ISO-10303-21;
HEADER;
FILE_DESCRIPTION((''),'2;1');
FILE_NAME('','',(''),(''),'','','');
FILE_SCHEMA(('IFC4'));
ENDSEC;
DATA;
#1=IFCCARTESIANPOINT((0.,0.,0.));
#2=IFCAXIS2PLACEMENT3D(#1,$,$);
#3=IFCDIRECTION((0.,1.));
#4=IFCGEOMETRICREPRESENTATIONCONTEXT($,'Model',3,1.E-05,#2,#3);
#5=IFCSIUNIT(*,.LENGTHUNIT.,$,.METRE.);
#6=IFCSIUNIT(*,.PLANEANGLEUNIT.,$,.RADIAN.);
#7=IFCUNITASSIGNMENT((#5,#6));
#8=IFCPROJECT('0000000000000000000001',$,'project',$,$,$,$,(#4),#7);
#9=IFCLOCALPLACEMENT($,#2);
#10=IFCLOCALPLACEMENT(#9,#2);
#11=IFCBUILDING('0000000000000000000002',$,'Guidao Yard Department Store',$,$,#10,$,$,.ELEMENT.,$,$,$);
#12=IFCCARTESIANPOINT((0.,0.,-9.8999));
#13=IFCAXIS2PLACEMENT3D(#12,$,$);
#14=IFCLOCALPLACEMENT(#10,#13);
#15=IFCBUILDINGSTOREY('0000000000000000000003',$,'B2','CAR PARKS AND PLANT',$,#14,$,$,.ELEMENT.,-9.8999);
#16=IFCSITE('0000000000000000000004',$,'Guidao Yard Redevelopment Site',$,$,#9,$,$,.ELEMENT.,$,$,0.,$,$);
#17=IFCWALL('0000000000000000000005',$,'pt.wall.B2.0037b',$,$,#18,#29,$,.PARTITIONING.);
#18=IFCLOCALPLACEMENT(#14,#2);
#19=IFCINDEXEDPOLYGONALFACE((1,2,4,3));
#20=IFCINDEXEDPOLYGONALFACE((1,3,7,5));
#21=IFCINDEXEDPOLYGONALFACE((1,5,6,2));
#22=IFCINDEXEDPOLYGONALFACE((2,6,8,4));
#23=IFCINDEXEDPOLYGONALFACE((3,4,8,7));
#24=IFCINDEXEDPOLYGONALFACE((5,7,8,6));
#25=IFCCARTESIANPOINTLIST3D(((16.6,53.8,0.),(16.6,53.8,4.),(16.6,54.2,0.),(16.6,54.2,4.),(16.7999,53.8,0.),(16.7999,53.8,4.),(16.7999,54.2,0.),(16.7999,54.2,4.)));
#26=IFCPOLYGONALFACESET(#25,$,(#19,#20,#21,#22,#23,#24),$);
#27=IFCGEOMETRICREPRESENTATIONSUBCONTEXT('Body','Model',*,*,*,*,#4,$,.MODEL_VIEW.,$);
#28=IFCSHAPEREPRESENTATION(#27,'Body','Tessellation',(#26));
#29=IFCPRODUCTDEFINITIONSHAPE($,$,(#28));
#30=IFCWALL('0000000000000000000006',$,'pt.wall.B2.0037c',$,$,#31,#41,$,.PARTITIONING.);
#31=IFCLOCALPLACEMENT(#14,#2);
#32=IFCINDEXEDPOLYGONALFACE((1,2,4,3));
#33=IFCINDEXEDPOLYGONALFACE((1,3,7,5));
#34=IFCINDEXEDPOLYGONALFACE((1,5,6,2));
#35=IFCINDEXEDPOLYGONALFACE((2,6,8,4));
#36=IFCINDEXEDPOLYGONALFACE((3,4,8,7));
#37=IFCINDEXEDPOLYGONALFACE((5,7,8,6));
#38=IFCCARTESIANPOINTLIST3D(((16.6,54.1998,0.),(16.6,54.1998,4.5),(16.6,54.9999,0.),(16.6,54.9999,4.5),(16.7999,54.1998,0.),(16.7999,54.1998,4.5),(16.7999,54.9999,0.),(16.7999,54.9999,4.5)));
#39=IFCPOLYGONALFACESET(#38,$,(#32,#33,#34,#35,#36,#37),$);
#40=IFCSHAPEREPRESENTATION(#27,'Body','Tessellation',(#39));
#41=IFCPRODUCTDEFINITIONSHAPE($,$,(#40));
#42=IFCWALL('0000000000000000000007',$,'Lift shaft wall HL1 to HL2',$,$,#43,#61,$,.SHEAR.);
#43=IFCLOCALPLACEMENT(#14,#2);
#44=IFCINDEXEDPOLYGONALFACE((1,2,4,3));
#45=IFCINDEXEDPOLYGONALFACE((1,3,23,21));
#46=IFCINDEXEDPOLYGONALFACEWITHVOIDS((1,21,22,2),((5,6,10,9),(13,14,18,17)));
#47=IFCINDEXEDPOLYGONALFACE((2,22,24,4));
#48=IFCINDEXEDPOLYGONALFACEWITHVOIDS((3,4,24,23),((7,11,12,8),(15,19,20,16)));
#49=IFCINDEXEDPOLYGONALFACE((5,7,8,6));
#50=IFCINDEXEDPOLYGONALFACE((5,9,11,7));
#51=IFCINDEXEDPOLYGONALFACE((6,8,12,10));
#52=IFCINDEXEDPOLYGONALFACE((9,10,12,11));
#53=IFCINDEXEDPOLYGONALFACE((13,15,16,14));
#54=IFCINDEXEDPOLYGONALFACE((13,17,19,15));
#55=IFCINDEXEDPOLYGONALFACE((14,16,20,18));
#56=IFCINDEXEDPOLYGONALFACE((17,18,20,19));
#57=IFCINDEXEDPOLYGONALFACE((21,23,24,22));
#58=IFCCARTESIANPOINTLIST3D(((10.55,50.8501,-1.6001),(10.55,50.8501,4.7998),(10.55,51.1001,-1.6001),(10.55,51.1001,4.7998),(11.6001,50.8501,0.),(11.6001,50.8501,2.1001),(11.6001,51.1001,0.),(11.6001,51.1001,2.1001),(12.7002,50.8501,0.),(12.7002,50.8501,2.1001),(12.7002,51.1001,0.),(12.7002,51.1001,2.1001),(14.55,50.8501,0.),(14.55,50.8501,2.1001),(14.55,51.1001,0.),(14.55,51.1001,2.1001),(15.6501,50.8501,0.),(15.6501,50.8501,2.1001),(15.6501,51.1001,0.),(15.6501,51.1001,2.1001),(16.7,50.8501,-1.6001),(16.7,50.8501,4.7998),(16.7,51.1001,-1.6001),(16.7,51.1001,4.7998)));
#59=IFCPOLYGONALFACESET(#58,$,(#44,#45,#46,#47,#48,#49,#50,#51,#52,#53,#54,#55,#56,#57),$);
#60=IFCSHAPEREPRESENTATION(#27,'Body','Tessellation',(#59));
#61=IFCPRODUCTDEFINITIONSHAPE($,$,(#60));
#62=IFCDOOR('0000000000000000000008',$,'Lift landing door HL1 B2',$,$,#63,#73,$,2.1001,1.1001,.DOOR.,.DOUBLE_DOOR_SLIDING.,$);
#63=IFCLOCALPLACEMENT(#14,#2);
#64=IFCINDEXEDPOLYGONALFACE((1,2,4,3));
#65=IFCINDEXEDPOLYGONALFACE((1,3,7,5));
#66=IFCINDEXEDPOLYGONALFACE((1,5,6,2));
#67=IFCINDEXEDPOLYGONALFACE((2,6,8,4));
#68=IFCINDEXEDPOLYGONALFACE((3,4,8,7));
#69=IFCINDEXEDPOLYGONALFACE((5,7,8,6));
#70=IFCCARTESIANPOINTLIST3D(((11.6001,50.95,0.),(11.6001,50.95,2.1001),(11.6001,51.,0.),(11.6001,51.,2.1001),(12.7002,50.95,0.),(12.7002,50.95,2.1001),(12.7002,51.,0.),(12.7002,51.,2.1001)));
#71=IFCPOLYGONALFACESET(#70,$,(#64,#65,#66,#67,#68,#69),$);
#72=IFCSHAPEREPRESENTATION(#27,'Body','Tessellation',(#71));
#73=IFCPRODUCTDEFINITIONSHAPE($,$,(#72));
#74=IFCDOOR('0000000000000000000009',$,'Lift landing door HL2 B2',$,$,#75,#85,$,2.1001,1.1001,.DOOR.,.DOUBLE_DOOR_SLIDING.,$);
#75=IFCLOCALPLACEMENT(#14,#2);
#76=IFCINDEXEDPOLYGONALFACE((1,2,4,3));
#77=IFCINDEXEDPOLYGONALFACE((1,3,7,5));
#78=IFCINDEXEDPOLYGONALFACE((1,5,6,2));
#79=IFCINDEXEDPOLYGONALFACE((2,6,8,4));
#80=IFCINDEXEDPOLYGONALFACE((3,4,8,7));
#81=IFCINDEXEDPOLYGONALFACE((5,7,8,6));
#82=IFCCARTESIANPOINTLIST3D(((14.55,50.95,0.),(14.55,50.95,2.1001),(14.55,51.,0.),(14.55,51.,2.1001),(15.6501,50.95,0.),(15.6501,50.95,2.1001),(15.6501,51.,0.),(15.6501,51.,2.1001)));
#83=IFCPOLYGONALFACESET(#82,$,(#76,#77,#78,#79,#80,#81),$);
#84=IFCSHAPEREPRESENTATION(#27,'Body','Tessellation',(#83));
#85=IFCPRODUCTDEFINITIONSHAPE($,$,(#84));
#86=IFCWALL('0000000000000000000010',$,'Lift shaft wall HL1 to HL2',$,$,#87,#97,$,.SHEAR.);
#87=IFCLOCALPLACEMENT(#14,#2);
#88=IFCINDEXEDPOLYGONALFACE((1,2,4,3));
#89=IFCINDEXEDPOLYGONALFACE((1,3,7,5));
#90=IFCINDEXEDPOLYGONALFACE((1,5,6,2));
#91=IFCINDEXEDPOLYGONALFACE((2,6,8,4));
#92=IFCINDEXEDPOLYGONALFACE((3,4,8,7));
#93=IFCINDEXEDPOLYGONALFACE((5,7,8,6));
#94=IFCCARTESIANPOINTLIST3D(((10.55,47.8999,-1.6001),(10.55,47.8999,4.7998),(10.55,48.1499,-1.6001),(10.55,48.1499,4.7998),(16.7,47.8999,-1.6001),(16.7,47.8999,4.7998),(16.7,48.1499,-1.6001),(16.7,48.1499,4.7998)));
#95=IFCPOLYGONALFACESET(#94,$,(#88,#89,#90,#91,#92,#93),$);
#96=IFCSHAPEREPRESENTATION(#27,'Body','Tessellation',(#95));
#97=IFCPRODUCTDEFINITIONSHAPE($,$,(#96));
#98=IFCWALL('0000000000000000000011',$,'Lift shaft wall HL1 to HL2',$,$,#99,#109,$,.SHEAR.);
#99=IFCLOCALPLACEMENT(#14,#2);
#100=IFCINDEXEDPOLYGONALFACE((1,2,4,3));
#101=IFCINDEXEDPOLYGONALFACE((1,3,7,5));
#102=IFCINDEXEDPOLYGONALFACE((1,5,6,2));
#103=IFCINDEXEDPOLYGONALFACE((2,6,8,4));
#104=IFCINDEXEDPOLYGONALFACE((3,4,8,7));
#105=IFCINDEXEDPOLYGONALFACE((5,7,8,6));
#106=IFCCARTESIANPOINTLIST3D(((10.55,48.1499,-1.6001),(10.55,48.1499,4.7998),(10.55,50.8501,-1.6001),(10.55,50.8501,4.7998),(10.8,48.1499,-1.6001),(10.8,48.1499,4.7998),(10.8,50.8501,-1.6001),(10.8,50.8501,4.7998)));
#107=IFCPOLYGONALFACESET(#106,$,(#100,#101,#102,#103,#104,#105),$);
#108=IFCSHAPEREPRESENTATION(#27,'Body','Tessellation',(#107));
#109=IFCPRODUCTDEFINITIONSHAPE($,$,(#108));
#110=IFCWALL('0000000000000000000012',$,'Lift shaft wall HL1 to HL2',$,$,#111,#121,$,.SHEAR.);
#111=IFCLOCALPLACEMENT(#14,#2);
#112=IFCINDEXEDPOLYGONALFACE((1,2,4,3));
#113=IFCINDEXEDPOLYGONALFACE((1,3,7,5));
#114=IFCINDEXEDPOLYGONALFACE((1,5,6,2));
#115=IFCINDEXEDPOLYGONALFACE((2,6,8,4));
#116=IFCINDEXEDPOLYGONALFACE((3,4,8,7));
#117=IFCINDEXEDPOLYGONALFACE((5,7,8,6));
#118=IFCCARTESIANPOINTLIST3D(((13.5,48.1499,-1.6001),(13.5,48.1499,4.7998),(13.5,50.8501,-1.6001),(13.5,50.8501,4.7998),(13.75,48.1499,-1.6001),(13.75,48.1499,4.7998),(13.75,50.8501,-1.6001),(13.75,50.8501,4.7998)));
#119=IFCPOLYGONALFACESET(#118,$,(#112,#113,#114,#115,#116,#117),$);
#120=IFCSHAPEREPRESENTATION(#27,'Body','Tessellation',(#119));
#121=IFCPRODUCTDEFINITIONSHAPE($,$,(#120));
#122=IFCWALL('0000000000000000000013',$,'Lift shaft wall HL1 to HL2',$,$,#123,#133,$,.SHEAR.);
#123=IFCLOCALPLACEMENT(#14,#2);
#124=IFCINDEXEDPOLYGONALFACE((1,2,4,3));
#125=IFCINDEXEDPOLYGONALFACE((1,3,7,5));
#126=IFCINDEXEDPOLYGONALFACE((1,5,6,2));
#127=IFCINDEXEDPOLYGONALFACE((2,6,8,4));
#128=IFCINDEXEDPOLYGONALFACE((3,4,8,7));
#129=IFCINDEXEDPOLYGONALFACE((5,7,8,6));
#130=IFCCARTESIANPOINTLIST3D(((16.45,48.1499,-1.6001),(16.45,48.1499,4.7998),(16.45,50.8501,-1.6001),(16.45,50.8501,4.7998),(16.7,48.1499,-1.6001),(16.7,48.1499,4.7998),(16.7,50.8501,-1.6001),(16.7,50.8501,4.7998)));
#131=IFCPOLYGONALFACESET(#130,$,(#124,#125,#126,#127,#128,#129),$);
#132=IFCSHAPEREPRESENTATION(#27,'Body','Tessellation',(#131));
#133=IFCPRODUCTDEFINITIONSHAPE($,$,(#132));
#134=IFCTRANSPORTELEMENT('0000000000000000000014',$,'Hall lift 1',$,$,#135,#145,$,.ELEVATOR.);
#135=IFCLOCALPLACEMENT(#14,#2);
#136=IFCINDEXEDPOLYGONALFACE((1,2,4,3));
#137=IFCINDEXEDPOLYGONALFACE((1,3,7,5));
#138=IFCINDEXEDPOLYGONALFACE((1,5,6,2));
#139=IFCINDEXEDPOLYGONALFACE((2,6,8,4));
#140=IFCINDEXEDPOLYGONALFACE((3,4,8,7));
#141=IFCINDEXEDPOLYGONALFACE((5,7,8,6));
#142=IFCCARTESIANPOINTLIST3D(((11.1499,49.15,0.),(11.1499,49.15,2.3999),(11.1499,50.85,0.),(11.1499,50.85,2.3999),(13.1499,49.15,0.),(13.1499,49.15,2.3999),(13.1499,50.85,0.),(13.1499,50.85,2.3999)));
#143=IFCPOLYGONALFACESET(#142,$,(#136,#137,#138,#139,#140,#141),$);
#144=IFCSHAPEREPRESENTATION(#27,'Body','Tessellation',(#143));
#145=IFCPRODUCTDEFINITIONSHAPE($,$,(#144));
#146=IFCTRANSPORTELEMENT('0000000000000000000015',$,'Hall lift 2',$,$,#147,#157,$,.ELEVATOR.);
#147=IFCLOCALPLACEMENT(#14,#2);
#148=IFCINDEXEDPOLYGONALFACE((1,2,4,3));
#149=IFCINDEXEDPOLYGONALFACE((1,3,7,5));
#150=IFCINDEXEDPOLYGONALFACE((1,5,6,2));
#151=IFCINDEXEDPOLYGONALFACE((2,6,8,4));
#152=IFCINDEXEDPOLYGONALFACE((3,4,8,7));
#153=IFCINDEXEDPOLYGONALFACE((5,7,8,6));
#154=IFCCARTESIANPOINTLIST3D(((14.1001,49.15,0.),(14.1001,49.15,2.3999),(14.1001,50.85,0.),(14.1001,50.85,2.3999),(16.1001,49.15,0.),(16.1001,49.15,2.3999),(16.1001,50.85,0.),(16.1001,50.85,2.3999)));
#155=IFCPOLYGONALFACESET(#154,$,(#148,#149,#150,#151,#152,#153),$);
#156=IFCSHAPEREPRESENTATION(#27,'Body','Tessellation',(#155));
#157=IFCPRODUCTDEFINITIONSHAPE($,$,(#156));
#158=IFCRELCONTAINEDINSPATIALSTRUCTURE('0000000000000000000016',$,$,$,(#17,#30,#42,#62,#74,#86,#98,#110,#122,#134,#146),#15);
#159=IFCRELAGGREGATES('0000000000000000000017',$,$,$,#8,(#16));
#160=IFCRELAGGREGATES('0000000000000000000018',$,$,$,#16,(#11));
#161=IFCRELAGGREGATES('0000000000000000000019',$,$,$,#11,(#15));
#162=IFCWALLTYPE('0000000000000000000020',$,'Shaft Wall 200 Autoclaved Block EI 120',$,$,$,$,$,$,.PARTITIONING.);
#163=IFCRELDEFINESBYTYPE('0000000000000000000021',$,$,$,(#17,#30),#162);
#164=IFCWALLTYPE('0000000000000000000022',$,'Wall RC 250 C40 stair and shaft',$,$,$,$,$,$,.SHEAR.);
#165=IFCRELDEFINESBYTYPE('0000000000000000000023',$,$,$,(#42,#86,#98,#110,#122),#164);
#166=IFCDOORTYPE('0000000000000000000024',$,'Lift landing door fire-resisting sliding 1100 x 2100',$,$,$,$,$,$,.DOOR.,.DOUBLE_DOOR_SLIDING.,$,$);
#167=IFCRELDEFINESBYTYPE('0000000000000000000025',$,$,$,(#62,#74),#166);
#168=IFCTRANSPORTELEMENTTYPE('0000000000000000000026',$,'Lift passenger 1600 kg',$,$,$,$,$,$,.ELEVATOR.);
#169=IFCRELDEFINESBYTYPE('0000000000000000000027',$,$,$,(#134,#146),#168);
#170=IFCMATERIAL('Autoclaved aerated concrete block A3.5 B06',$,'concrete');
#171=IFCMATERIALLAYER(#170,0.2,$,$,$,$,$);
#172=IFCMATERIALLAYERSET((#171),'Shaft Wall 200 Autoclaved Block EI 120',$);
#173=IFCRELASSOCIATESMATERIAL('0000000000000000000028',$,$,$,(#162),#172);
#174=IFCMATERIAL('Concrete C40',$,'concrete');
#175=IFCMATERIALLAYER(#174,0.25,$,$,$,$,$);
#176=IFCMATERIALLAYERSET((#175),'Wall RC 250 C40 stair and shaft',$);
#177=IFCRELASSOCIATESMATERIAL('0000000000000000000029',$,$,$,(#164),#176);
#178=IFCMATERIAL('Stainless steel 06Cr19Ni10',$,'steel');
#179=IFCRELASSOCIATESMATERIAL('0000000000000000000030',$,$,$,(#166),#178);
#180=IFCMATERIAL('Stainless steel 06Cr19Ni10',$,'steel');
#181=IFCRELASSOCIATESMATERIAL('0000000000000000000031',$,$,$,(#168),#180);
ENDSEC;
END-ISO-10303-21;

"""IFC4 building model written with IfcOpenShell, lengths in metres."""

from ifc_helpers import new_model, si_unit, direction, frame, frame_2d, origin, origin_2d, place, context, subcontext, project, spatial, rectangle, extrude, material, layer, layer_set, type_object, element, fill, save


model = new_model("IFC4")

# Units and contexts
model_context = context("Model", 3, precision=1e-05, world=origin(), true_north=direction((0.0, 1.0)))
body_context = subcontext(model_context, "Body", "Model", "MODEL_VIEW")
ifc_project = project(units=[si_unit("LENGTHUNIT", "METRE"), si_unit("PLANEANGLEUNIT", "RADIAN")], contexts=[model_context])

# Site, building, storey
site_placement = place(None, origin())
site = spatial("IfcSite", under=ifc_project, at=site_placement, Name="Guidao Yard Redevelopment Site", CompositionType="ELEMENT", RefElevation=0.0)
building_placement = place(site_placement, origin())
building = spatial("IfcBuilding", under=site, at=building_placement, Name="Guidao Yard Department Store", CompositionType="ELEMENT")
storey_placement = place(building_placement, frame((0.0, 0.0, -9.8999)))
storey = spatial("IfcBuildingStorey", under=building, at=storey_placement, Name="B2", Description="CAR PARKS AND PLANT", CompositionType="ELEMENT", Elevation=-9.8999)

# Walls
ifc_material_1 = material(Name="Autoclaved aerated concrete block A3.5 B06", Category="concrete")
ifc_layer_1 = layer(ifc_material_1, 0.2)
ifc_layer_set_1 = layer_set([ifc_layer_1], Name="Shaft Wall 200 Autoclaved Block EI 120")
wall_type_1 = type_object("IfcWallType", Name="Shaft Wall 200 Autoclaved Block EI 120", PredefinedType="PARTITIONING", material=ifc_layer_set_1)
wall_1_placement = place(storey_placement, frame((16.7, 53.8, 0.0), z_axis=(0.0, 0.0, 1.0), x_axis=(0.0, 1.0, 0.0)))
element("IfcWall", 1, at=wall_1_placement, inside=storey, type_object=wall_type_1, Name="pt.wall.B2.0037b", PredefinedType="PARTITIONING", context=body_context, shape_type="SweptSolid", body=[
    extrude(rectangle(XDim=0.3999, YDim=0.2, at=frame_2d((0.2, 0.0))), origin(), (0.0, 0.0, 1.0), 4.0),
])
wall_2_placement = place(storey_placement, frame((16.7, 54.2, 0.0), z_axis=(0.0, 0.0, 1.0), x_axis=(0.0, 1.0, 0.0)))
element("IfcWall", 2, at=wall_2_placement, inside=storey, type_object=wall_type_1, Name="pt.wall.B2.0037c", PredefinedType="PARTITIONING", context=body_context, shape_type="SweptSolid", body=[
    extrude(rectangle(XDim=0.8, YDim=0.2, at=frame_2d((0.3999, 0.0))), origin(), (0.0, 0.0, 1.0), 4.5),
])

# Wall, openings, doors
ifc_material_2 = material(Name="Concrete C40", Category="concrete")
ifc_layer_2 = layer(ifc_material_2, 0.25)
ifc_layer_set_2 = layer_set([ifc_layer_2], Name="Wall RC 250 C40 stair and shaft")
wall_type_2 = type_object("IfcWallType", Name="Wall RC 250 C40 stair and shaft", PredefinedType="SHEAR", material=ifc_layer_set_2)
wall_3_placement = place(storey_placement, frame((10.55, 50.9751, -1.6001), z_axis=(0.0, 0.0, 1.0), x_axis=(1.0, 0.0, 0.0)))
wall_3 = element("IfcWall", 3, at=wall_3_placement, inside=storey, type_object=wall_type_2, Name="Lift shaft wall HL1 to HL2", PredefinedType="SHEAR", context=body_context, shape_type="SweptSolid", body=[
    extrude(rectangle(XDim=6.1499, YDim=0.25, at=frame_2d((3.075, 0.0))), origin(), (0.0, 0.0, 1.0), 6.3999),
])
opening_1_placement = place(wall_3_placement, frame((1.05, 0.0, 1.6001)))
opening_1 = element("IfcOpeningElement", 4, at=opening_1_placement, cuts=wall_3, PredefinedType="OPENING", context=body_context, shape_type="SweptSolid", body=[
    extrude(rectangle(XDim=1.1001, YDim=2.1001, at=frame_2d((0.55, 1.05))), frame((0.0, 0.135, 0.0), z_axis=(0.0, -1.0, 0.0), x_axis=(1.0, 0.0, 0.0)), (0.0, 0.0, 1.0), 0.27),
])
opening_2_placement = place(wall_3_placement, frame((4.0, 0.0, 1.6001)))
opening_2 = element("IfcOpeningElement", 5, at=opening_2_placement, cuts=wall_3, PredefinedType="OPENING", context=body_context, shape_type="SweptSolid", body=[
    extrude(rectangle(XDim=1.1001, YDim=2.1001, at=frame_2d((0.55, 1.05))), frame((0.0, 0.135, 0.0), z_axis=(0.0, -1.0, 0.0), x_axis=(1.0, 0.0, 0.0)), (0.0, 0.0, 1.0), 0.27),
])
ifc_material_3 = material(Name="Stainless steel 06Cr19Ni10", Category="steel")
door_type = type_object("IfcDoorType", Name="Lift landing door fire-resisting sliding 1100 x 2100", OperationType="DOUBLE_DOOR_SLIDING", PredefinedType="DOOR", material=ifc_material_3)
door_1_placement = place(opening_1_placement, origin())
door_1 = element("IfcDoor", 6, at=door_1_placement, inside=storey, type_object=door_type, Name="Lift landing door HL1 B2", OperationType="DOUBLE_DOOR_SLIDING", OverallHeight=2.1001, OverallWidth=1.1001, PredefinedType="DOOR", context=body_context, shape_type="SweptSolid", body=[
    extrude(rectangle(XDim=1.1001, YDim=2.1001, at=frame_2d((0.55, 1.05))), frame((0.0, 0.0249, 0.0), z_axis=(0.0, -1.0, 0.0), x_axis=(1.0, 0.0, 0.0)), (0.0, 0.0, 1.0), 0.05),
])
fill(opening_1, door_1)
door_2_placement = place(opening_2_placement, origin())
door_2 = element("IfcDoor", 7, at=door_2_placement, inside=storey, type_object=door_type, Name="Lift landing door HL2 B2", OperationType="DOUBLE_DOOR_SLIDING", OverallHeight=2.1001, OverallWidth=1.1001, PredefinedType="DOOR", context=body_context, shape_type="SweptSolid", body=[
    extrude(rectangle(XDim=1.1001, YDim=2.1001, at=frame_2d((0.55, 1.05))), frame((0.0, 0.0249, 0.0), z_axis=(0.0, -1.0, 0.0), x_axis=(1.0, 0.0, 0.0)), (0.0, 0.0, 1.0), 0.05),
])
fill(opening_2, door_2)

# Walls
wall_4_placement = place(storey_placement, frame((10.55, 48.0249, -1.6001), z_axis=(0.0, 0.0, 1.0), x_axis=(1.0, 0.0, 0.0)))
element("IfcWall", 8, at=wall_4_placement, inside=storey, type_object=wall_type_2, Name="Lift shaft wall HL1 to HL2", PredefinedType="SHEAR", context=body_context, shape_type="SweptSolid", body=[
    extrude(rectangle(XDim=6.1499, YDim=0.25, at=frame_2d((3.075, 0.0))), origin(), (0.0, 0.0, 1.0), 6.3999),
])
for number, where, z_axis, x_axis, name in (
    (9, (10.675, 48.1499, -1.6001), (0.0, 0.0, 1.0), (0.0, 1.0, 0.0), "Lift shaft wall HL1 to HL2"),
    (10, (13.625, 48.1499, -1.6001), (0.0, 0.0, 1.0), (0.0, 1.0, 0.0), "Lift shaft wall HL1 to HL2"),
    (11, (16.575, 48.1499, -1.6001), (0.0, 0.0, 1.0), (0.0, 1.0, 0.0), "Lift shaft wall HL1 to HL2"),
):
    element("IfcWall", number, at=place(storey_placement, frame(where, z_axis=z_axis, x_axis=x_axis)), inside=storey, type_object=wall_type_2, Name=name, PredefinedType="SHEAR", context=body_context, shape_type="SweptSolid", body=[
        extrude(rectangle(XDim=2.7002, YDim=0.25, at=frame_2d((1.3501, 0.0))), origin(), (0.0, 0.0, 1.0), 6.3999),
    ])

# Transport elements
ifc_material_4 = material(Name="Stainless steel 06Cr19Ni10", Category="steel")
transport_element_type = type_object("IfcTransportElementType", Name="Lift passenger 1600 kg", PredefinedType="ELEVATOR", material=ifc_material_4)
for number, where, z_axis, x_axis, name in (
    (12, (12.1499, 50.0, 0.0), (0.0, 0.0, 1.0), (1.0, 0.0, 0.0), "Hall lift 1"),
    (13, (15.1001, 50.0, 0.0), (0.0, 0.0, 1.0), (1.0, 0.0, 0.0), "Hall lift 2"),
):
    element("IfcTransportElement", number, at=place(storey_placement, frame(where, z_axis=z_axis, x_axis=x_axis)), inside=storey, type_object=transport_element_type, Name=name, PredefinedType="ELEVATOR", context=body_context, shape_type="SweptSolid", body=[
        extrude(rectangle(XDim=2.0, YDim=1.7, at=origin_2d()), origin(), (0.0, 0.0, 1.0), 2.3999),
    ])

save(model, "model.ifc")
